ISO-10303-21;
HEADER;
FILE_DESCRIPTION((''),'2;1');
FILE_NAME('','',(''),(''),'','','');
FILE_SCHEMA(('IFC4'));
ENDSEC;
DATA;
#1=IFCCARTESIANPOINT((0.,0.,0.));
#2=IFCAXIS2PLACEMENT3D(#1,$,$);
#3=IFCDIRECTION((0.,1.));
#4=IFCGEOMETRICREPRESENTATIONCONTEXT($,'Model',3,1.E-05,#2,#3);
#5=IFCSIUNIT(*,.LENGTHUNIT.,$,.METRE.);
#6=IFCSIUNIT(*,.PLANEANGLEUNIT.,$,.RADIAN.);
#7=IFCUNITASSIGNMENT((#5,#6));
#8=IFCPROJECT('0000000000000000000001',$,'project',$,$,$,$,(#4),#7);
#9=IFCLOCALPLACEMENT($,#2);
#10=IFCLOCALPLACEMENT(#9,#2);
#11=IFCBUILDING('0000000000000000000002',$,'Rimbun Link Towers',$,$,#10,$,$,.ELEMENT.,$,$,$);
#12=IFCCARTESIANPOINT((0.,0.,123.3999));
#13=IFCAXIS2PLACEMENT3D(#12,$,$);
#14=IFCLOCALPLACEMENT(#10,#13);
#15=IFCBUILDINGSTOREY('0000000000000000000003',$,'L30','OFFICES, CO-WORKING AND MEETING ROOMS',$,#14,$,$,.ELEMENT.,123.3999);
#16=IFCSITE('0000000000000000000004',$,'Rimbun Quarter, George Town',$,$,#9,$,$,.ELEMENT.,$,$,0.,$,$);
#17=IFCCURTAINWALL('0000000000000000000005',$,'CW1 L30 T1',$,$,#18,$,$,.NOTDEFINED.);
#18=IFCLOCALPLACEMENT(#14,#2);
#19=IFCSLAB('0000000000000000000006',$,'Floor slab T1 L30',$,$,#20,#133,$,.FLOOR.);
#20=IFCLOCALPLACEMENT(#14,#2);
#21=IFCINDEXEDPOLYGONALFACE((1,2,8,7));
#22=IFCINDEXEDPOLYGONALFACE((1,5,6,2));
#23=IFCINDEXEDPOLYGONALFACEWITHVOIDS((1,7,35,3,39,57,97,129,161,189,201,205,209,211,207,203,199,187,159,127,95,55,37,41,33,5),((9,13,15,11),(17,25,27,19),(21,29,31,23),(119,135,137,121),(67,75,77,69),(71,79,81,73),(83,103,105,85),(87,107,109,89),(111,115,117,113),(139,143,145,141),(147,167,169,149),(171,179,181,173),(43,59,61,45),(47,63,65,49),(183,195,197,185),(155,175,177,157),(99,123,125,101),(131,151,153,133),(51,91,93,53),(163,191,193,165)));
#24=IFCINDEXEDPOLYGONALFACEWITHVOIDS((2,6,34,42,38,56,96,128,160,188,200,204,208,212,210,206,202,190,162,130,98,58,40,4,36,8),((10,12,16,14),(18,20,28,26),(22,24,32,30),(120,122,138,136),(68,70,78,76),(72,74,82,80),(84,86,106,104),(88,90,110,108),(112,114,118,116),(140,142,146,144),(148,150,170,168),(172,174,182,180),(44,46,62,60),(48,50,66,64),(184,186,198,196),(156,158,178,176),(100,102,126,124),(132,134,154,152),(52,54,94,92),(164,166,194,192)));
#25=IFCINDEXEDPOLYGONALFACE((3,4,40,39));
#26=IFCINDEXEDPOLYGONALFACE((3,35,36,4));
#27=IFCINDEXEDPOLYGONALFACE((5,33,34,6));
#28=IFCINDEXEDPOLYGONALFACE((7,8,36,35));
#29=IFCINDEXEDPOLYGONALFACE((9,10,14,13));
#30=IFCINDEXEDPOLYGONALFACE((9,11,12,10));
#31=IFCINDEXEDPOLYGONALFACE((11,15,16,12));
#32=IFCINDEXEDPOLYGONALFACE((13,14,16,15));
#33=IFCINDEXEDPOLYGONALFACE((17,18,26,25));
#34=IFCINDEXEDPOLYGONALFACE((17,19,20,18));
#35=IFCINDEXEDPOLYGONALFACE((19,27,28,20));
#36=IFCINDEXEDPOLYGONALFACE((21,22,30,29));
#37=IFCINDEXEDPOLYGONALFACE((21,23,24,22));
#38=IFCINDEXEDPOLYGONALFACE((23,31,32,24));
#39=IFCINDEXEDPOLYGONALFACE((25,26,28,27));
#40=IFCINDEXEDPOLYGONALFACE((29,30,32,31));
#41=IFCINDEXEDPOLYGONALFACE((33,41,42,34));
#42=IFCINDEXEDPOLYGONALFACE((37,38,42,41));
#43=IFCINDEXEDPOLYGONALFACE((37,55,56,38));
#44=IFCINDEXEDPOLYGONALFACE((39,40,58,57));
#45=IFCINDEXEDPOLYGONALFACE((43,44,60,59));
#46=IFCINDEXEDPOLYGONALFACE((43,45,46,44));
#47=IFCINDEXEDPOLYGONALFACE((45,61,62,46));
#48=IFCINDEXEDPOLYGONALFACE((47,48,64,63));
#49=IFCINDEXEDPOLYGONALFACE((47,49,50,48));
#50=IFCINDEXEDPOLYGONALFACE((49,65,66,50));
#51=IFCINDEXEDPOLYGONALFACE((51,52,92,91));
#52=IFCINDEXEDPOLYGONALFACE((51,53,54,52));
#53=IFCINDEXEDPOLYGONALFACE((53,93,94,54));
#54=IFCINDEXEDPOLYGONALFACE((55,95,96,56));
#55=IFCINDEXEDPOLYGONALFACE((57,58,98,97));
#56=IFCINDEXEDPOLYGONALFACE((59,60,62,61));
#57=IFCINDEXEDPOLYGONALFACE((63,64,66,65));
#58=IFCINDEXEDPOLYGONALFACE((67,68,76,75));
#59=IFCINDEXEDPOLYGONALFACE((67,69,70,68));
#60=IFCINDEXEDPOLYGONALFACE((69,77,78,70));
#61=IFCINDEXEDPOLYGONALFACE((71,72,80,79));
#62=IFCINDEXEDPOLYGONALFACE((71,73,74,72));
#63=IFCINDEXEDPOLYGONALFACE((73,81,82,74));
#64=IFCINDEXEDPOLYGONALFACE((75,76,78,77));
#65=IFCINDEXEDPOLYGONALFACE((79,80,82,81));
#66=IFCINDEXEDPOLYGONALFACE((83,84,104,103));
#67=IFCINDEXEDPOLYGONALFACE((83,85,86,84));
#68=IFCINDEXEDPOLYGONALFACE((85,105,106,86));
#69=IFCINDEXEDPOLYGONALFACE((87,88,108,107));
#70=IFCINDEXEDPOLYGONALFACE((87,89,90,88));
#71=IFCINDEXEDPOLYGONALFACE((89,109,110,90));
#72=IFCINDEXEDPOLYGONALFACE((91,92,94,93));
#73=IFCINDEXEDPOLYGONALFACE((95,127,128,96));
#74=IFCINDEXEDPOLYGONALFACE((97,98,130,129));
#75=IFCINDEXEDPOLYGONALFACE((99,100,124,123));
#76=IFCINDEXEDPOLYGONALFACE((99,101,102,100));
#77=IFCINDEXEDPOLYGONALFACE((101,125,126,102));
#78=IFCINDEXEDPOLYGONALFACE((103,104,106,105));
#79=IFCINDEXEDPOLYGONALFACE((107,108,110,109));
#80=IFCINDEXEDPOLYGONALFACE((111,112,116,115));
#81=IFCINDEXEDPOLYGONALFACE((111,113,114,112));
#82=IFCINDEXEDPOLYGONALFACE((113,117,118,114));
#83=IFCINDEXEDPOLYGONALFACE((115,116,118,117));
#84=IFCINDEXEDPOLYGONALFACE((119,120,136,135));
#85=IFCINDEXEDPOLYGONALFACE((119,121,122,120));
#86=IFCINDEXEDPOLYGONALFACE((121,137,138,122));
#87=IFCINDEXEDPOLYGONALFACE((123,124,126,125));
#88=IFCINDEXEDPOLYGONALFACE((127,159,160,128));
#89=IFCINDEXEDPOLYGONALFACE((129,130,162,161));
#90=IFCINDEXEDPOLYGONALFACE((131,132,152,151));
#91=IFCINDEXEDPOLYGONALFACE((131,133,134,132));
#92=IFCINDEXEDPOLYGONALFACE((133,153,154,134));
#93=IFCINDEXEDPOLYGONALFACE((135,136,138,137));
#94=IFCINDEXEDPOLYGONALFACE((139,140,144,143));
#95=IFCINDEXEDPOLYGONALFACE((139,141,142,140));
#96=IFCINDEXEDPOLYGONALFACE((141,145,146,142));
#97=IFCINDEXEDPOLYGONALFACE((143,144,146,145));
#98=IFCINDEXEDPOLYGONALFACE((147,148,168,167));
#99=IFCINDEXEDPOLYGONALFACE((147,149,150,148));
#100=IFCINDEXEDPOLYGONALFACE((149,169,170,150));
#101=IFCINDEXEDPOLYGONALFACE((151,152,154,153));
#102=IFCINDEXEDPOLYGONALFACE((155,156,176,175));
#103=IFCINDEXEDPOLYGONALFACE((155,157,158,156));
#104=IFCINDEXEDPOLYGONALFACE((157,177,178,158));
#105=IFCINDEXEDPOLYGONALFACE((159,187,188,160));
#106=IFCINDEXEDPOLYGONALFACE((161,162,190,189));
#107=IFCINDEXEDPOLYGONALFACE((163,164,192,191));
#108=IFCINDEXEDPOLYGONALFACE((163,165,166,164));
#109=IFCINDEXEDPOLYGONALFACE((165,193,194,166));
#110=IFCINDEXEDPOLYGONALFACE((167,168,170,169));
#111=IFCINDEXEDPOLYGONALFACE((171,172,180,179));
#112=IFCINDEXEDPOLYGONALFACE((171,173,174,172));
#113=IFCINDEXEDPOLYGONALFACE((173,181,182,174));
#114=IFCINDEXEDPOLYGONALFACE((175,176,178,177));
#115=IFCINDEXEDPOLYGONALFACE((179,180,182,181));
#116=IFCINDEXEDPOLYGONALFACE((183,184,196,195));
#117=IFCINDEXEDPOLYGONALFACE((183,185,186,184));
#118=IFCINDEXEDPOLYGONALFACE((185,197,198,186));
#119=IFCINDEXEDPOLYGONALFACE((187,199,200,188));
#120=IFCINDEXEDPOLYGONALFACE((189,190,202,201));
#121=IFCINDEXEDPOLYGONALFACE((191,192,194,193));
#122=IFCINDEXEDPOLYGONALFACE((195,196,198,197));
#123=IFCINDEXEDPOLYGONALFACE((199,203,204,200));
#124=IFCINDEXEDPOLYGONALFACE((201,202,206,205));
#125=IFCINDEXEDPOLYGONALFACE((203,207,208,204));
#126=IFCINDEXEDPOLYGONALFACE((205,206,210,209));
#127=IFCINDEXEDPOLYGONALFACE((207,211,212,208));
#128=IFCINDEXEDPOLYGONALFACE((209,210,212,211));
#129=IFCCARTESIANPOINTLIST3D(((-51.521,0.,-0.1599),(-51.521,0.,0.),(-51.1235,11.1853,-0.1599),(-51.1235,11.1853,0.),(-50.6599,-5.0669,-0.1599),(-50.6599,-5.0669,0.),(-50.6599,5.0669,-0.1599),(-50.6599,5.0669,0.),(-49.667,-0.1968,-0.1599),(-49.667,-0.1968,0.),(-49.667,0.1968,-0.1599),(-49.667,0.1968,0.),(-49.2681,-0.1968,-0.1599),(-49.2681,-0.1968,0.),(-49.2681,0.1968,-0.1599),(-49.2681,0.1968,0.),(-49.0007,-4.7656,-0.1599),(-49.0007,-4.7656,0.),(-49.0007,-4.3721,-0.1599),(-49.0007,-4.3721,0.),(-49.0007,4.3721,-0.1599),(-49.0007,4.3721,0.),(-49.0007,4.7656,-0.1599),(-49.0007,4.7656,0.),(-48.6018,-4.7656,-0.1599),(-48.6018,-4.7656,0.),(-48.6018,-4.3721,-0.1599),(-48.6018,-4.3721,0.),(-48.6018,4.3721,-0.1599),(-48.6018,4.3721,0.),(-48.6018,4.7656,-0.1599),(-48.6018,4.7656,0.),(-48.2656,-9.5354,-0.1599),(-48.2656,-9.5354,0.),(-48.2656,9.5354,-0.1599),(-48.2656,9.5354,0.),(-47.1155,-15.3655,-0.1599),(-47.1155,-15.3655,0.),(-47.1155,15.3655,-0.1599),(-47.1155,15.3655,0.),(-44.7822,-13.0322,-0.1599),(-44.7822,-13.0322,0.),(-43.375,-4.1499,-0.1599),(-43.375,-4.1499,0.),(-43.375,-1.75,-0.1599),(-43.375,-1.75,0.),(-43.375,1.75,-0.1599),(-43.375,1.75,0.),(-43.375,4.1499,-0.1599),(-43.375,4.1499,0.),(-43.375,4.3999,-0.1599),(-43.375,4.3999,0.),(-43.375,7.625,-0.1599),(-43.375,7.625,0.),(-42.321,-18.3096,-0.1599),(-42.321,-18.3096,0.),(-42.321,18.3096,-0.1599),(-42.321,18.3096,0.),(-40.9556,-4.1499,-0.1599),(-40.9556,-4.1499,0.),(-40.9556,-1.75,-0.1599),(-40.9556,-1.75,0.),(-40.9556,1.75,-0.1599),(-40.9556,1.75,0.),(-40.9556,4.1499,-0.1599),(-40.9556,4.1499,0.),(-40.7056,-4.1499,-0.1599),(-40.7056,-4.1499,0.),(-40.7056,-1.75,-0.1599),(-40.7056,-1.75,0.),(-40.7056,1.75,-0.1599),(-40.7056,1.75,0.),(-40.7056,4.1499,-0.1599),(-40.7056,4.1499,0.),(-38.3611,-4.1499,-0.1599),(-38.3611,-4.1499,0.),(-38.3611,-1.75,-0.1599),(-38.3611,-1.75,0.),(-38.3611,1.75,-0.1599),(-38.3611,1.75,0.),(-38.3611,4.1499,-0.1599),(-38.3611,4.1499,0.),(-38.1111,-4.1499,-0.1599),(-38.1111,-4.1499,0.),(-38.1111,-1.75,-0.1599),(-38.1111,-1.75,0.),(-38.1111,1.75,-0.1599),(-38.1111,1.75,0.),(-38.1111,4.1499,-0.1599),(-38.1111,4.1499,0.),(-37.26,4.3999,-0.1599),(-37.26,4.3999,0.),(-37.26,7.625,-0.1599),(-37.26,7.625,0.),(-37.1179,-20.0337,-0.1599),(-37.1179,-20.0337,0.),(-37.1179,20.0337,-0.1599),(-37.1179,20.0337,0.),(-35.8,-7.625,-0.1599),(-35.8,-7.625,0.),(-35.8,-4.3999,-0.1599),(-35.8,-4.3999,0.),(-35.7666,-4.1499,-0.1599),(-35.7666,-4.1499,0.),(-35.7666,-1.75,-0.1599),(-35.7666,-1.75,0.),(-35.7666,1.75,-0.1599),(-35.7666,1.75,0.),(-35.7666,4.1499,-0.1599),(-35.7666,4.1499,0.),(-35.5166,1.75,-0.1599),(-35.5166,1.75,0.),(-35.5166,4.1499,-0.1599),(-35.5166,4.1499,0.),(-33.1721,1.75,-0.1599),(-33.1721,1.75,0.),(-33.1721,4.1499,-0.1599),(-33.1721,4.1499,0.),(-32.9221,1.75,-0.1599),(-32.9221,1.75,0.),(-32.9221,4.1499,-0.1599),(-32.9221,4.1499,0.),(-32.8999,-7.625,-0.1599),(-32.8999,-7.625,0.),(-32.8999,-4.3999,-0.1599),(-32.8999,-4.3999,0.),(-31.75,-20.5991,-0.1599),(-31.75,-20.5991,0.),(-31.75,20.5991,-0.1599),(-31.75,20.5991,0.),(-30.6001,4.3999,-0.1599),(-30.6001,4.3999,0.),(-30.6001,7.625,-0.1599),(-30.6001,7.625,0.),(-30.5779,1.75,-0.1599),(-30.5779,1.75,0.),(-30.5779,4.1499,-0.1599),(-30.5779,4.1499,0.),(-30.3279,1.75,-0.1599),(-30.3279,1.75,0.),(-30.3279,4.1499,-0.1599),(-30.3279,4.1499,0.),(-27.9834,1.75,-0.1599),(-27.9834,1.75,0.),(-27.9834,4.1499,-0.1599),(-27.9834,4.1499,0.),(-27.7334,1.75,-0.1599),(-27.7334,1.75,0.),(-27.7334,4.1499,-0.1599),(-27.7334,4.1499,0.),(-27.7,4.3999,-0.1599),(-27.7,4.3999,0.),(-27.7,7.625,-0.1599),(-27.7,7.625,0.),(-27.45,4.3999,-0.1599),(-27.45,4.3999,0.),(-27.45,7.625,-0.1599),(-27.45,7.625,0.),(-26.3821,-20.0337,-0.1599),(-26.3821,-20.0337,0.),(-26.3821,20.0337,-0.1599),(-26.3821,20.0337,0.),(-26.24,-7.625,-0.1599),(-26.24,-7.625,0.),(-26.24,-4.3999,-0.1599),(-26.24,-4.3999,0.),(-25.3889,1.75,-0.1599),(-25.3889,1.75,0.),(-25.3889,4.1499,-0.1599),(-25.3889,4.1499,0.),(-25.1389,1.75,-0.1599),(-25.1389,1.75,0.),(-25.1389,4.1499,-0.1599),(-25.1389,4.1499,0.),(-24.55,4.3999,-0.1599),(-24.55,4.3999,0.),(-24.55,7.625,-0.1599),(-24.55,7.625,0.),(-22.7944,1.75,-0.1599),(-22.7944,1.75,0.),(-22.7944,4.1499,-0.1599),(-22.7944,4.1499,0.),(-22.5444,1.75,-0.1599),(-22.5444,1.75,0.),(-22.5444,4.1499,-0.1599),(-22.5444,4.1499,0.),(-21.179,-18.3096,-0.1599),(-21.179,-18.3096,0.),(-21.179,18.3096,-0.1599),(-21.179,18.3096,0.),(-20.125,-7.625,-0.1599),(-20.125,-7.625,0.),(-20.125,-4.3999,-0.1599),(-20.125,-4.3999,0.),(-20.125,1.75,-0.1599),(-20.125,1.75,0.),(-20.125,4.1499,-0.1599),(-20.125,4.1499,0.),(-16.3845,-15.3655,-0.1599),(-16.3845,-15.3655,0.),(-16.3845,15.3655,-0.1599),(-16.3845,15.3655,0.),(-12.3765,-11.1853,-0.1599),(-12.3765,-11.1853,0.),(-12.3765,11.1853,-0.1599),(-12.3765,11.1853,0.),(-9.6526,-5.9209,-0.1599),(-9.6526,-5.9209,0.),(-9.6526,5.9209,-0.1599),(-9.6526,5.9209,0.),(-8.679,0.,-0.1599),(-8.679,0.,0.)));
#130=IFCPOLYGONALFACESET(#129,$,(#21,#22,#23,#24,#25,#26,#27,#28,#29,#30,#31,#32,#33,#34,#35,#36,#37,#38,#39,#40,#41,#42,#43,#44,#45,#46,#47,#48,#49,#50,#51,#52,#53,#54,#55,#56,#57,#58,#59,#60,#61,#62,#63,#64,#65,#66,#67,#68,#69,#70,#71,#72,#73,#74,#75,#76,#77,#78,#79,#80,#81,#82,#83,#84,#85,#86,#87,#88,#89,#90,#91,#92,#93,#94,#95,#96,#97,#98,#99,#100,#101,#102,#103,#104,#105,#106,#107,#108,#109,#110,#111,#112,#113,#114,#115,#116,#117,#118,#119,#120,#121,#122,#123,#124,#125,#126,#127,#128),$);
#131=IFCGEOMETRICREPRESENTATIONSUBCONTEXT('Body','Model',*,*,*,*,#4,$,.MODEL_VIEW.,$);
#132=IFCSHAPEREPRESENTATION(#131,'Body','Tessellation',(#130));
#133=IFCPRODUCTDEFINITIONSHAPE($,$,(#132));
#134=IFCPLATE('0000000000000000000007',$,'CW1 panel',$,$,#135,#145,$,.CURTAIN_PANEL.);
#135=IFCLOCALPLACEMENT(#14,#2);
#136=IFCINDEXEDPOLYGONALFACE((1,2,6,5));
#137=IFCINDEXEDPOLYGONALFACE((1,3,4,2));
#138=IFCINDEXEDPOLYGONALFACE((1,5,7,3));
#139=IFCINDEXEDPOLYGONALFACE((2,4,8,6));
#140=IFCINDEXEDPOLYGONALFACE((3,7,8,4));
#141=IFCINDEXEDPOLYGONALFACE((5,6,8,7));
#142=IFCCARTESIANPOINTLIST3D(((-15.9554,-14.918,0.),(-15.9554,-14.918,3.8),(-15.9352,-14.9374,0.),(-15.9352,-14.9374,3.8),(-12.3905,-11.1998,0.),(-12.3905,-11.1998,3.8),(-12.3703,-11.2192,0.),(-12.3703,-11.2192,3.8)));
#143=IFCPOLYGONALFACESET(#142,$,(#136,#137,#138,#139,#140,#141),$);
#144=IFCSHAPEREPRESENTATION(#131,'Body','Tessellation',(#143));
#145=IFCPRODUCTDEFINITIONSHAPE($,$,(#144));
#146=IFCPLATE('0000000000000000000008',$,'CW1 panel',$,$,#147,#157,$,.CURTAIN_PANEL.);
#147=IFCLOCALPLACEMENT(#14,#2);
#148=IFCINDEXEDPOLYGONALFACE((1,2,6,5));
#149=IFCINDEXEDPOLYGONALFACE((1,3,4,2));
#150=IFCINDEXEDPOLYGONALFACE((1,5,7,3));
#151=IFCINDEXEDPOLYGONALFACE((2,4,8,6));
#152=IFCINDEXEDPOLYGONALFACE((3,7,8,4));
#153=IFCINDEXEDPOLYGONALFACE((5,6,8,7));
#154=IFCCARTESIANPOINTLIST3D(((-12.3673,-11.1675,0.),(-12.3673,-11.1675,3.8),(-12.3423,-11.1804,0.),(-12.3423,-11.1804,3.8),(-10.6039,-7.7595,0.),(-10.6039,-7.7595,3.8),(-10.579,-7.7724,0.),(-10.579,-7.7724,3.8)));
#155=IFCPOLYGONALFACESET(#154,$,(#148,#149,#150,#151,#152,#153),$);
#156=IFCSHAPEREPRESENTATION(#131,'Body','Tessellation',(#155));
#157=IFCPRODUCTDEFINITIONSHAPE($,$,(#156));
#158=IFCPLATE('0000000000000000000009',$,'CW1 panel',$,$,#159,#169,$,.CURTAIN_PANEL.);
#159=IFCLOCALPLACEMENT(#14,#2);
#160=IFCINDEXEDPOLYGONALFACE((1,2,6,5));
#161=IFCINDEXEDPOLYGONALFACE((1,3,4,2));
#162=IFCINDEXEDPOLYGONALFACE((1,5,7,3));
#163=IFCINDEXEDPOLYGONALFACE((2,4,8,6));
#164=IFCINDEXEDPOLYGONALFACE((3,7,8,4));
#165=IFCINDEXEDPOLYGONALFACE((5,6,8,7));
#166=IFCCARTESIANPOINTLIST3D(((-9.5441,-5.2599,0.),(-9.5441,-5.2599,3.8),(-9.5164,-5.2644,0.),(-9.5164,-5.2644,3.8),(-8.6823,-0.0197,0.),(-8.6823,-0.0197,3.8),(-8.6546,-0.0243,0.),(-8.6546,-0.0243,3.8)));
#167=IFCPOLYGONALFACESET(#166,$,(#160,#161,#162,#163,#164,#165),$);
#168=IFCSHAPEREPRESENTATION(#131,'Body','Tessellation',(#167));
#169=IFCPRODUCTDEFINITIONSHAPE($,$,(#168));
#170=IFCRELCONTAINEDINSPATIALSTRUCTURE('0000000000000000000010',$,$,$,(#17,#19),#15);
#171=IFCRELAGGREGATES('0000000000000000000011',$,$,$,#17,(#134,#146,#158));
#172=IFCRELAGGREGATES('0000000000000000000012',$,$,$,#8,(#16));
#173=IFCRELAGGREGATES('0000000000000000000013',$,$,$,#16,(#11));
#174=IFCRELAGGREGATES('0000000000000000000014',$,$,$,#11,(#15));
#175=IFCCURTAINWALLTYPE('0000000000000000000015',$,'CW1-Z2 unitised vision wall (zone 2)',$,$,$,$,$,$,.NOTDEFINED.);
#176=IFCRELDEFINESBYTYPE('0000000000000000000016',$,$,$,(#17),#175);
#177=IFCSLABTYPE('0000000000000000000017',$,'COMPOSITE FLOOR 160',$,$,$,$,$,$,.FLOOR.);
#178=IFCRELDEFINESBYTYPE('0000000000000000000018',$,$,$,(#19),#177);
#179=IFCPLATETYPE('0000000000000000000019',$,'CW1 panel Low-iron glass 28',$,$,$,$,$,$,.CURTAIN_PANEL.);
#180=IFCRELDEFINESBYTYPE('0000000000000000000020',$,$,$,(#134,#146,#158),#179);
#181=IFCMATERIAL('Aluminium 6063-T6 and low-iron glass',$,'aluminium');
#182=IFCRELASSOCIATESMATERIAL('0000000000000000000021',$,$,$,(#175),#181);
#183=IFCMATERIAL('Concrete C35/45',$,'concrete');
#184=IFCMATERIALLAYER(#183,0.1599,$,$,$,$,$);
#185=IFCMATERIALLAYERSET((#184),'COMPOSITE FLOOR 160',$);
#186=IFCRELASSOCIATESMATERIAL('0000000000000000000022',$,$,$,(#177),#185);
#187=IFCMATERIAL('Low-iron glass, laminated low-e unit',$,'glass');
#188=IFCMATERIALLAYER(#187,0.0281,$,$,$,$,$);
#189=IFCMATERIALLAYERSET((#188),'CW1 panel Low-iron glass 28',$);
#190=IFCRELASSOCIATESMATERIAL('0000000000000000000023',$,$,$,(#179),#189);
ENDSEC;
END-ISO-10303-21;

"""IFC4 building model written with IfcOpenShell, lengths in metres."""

from ifc_helpers import new_model, si_unit, direction, frame, origin, origin_2d, place, context, subcontext, project, spatial, polyline, rectangle, outline, extrude, material, layer, layer_set, type_object, element, aggregate, save


model = new_model("IFC4")

# Units and contexts
model_context = context("Model", 3, precision=1e-05, world=origin(), true_north=direction((0.0, 1.0)))
body_context = subcontext(model_context, "Body", "Model", "MODEL_VIEW")
ifc_project = project(units=[si_unit("LENGTHUNIT", "METRE"), si_unit("PLANEANGLEUNIT", "RADIAN")], contexts=[model_context])

# Site, building, storey
site_placement = place(None, origin())
site = spatial("IfcSite", under=ifc_project, at=site_placement, Name="Rimbun Quarter, George Town", CompositionType="ELEMENT", RefElevation=0.0)
building_placement = place(site_placement, origin())
building = spatial("IfcBuilding", under=site, at=building_placement, Name="Rimbun Link Towers", CompositionType="ELEMENT")
storey_placement = place(building_placement, frame((0.0, 0.0, 123.3999)))
storey = spatial("IfcBuildingStorey", under=building, at=storey_placement, Name="L30", Description="OFFICES, CO-WORKING AND MEETING ROOMS", CompositionType="ELEMENT", Elevation=123.3999)

# Curtain wall
ifc_material_1 = material(Name="Aluminium 6063-T6 and low-iron glass", Category="aluminium")
curtain_wall_type = type_object("IfcCurtainWallType", Name="CW1-Z2 unitised vision wall (zone 2)", PredefinedType="NOTDEFINED", material=ifc_material_1)
curtain_wall_placement = place(storey_placement, origin())
curtain_wall = element("IfcCurtainWall", 1, at=curtain_wall_placement, inside=storey, type_object=curtain_wall_type, Name="CW1 L30 T1", PredefinedType="NOTDEFINED")

# Slab
ifc_material_2 = material(Name="Concrete C35/45", Category="concrete")
ifc_layer_1 = layer(ifc_material_2, 0.1599)
ifc_layer_set_1 = layer_set([ifc_layer_1], Name="COMPOSITE FLOOR 160")
slab_type = type_object("IfcSlabType", Name="COMPOSITE FLOOR 160", PredefinedType="FLOOR", material=ifc_layer_set_1)
slab_placement = place(storey_placement, frame((0.0, 0.0, -0.1599)))
element("IfcSlab", 2, at=slab_placement, inside=storey, type_object=slab_type, Name="Floor slab T1 L30", PredefinedType="FLOOR", context=body_context, shape_type="SweptSolid", body=[
    extrude(outline(polyline([(-47.1155, 15.3655), (-42.321, 18.3096), (-37.1179, 20.0337), (-31.75, 20.5991), (-26.3821, 20.0337), (-21.179, 18.3096), (-16.3845, 15.3655), (-12.3765, 11.1853), (-9.6526, 5.9209), (-8.679, 0.0), (-9.6526, -5.9209), (-12.3765, -11.1853), (-16.3845, -15.3655), (-21.179, -18.3096), (-26.3821, -20.0337), (-31.75, -20.5991), (-37.1179, -20.0337), (-42.321, -18.3096), (-47.1155, -15.3655), (-44.7822, -13.0322), (-48.2656, -9.5354), (-50.6599, -5.0669), (-51.521, 0.0), (-50.6599, 5.0669), (-48.2656, 9.5354), (-51.1235, 11.1853), (-47.1155, 15.3655)]), holes=[polyline([(-48.6018, -4.7656), (-48.6018, -4.3721), (-49.0007, -4.3721), (-49.0007, -4.7656), (-48.6018, -4.7656)]), polyline([(-40.9556, -4.1499), (-40.9556, -1.75), (-43.375, -1.75), (-43.375, -4.1499), (-40.9556, -4.1499)]), polyline([(-38.3611, -4.1499), (-38.3611, -1.75), (-40.7056, -1.75), (-40.7056, -4.1499), (-38.3611, -4.1499)]), polyline([(-38.1111, -4.1499), (-35.7666, -4.1499), (-35.7666, -1.75), (-38.1111, -1.75), (-38.1111, -4.1499)]), polyline([(-49.667, -0.1968), (-49.2681, -0.1968), (-49.2681, 0.1968), (-49.667, 0.1968), (-49.667, -0.1968)]), polyline([(-40.9556, 1.75), (-40.9556, 4.1499), (-43.375, 4.1499), (-43.375, 1.75), (-40.9556, 1.75)]), polyline([(-38.3611, 1.75), (-38.3611, 4.1499), (-40.7056, 4.1499), (-40.7056, 1.75), (-38.3611, 1.75)]), polyline([(-35.7666, 1.75), (-35.7666, 4.1499), (-38.1111, 4.1499), (-38.1111, 1.75), (-35.7666, 1.75)]), polyline([(-49.0007, 4.3721), (-48.6018, 4.3721), (-48.6018, 4.7656), (-49.0007, 4.7656), (-49.0007, 4.3721)]), polyline([(-43.375, 4.3999), (-37.26, 4.3999), (-37.26, 7.625), (-43.375, 7.625), (-43.375, 4.3999)]), polyline([(-32.8999, -7.625), (-32.8999, -4.3999), (-35.8, -4.3999), (-35.8, -7.625), (-32.8999, -7.625)]), polyline([(-20.125, -7.625), (-20.125, -4.3999), (-26.24, -4.3999), (-26.24, -7.625), (-20.125, -7.625)]), polyline([(-33.1721, 1.75), (-33.1721, 4.1499), (-35.5166, 4.1499), (-35.5166, 1.75), (-33.1721, 1.75)]), polyline([(-32.9221, 1.75), (-30.5779, 1.75), (-30.5779, 4.1499), (-32.9221, 4.1499), (-32.9221, 1.75)]), polyline([(-30.3279, 1.75), (-27.9834, 1.75), (-27.9834, 4.1499), (-30.3279, 4.1499), (-30.3279, 1.75)]), polyline([(-25.3889, 1.75), (-25.3889, 4.1499), (-27.7334, 4.1499), (-27.7334, 1.75), (-25.3889, 1.75)]), polyline([(-22.7944, 1.75), (-22.7944, 4.1499), (-25.1389, 4.1499), (-25.1389, 1.75), (-22.7944, 1.75)]), polyline([(-20.125, 1.75), (-20.125, 4.1499), (-22.5444, 4.1499), (-22.5444, 1.75), (-20.125, 1.75)]), polyline([(-30.6001, 4.3999), (-27.7, 4.3999), (-27.7, 7.625), (-30.6001, 7.625), (-30.6001, 4.3999)]), polyline([(-27.45, 4.3999), (-24.55, 4.3999), (-24.55, 7.625), (-27.45, 7.625), (-27.45, 4.3999)])]), origin(), (0.0, 0.0, 1.0), 0.1599),
])

# Plates
ifc_material_3 = material(Name="Low-iron glass, laminated low-e unit", Category="glass")
ifc_layer_2 = layer(ifc_material_3, 0.0281)
ifc_layer_set_2 = layer_set([ifc_layer_2], Name="CW1 panel Low-iron glass 28")
plate_type = type_object("IfcPlateType", Name="CW1 panel Low-iron glass 28", PredefinedType="CURTAIN_PANEL", material=ifc_layer_set_2)
plate_1_placement = place(storey_placement, frame((-14.1628, -13.0686, 0.0), z_axis=(0.0, 0.0, 1.0), x_axis=(-0.692065, -0.721835, 0.0)))
plate_1 = element("IfcPlate", 3, at=plate_1_placement, type_object=plate_type, Name="CW1 panel", PredefinedType="CURTAIN_PANEL", context=body_context, shape_type="SweptSolid", body=[
    extrude(rectangle(XDim=5.1511, YDim=0.0281, at=origin_2d()), origin(), (0.0, 0.0, 1.0), 3.8),
])
plate_2_placement = place(storey_placement, frame((-11.4731, -9.47, 0.0), z_axis=(0.0, 0.0, 1.0), x_axis=(-0.459541, -0.888157, 0.0)))
plate_2 = element("IfcPlate", 4, at=plate_2_placement, type_object=plate_type, Name="CW1 panel", PredefinedType="CURTAIN_PANEL", context=body_context, shape_type="SweptSolid", body=[
    extrude(rectangle(XDim=3.8372, YDim=0.0281, at=origin_2d()), origin(), (0.0, 0.0, 1.0), 3.8),
])
plate_3_placement = place(storey_placement, frame((-9.0994, -2.6421, 0.0), z_axis=(0.0, 0.0, 1.0), x_axis=(-0.162269, -0.986747, 0.0)))
plate_3 = element("IfcPlate", 5, at=plate_3_placement, type_object=plate_type, Name="CW1 panel", PredefinedType="CURTAIN_PANEL", context=body_context, shape_type="SweptSolid", body=[
    extrude(rectangle(XDim=5.3105, YDim=0.0281, at=origin_2d()), origin(), (0.0, 0.0, 1.0), 3.8),
])
aggregate(curtain_wall, [plate_1, plate_2, plate_3])

save(model, "model.ifc")
